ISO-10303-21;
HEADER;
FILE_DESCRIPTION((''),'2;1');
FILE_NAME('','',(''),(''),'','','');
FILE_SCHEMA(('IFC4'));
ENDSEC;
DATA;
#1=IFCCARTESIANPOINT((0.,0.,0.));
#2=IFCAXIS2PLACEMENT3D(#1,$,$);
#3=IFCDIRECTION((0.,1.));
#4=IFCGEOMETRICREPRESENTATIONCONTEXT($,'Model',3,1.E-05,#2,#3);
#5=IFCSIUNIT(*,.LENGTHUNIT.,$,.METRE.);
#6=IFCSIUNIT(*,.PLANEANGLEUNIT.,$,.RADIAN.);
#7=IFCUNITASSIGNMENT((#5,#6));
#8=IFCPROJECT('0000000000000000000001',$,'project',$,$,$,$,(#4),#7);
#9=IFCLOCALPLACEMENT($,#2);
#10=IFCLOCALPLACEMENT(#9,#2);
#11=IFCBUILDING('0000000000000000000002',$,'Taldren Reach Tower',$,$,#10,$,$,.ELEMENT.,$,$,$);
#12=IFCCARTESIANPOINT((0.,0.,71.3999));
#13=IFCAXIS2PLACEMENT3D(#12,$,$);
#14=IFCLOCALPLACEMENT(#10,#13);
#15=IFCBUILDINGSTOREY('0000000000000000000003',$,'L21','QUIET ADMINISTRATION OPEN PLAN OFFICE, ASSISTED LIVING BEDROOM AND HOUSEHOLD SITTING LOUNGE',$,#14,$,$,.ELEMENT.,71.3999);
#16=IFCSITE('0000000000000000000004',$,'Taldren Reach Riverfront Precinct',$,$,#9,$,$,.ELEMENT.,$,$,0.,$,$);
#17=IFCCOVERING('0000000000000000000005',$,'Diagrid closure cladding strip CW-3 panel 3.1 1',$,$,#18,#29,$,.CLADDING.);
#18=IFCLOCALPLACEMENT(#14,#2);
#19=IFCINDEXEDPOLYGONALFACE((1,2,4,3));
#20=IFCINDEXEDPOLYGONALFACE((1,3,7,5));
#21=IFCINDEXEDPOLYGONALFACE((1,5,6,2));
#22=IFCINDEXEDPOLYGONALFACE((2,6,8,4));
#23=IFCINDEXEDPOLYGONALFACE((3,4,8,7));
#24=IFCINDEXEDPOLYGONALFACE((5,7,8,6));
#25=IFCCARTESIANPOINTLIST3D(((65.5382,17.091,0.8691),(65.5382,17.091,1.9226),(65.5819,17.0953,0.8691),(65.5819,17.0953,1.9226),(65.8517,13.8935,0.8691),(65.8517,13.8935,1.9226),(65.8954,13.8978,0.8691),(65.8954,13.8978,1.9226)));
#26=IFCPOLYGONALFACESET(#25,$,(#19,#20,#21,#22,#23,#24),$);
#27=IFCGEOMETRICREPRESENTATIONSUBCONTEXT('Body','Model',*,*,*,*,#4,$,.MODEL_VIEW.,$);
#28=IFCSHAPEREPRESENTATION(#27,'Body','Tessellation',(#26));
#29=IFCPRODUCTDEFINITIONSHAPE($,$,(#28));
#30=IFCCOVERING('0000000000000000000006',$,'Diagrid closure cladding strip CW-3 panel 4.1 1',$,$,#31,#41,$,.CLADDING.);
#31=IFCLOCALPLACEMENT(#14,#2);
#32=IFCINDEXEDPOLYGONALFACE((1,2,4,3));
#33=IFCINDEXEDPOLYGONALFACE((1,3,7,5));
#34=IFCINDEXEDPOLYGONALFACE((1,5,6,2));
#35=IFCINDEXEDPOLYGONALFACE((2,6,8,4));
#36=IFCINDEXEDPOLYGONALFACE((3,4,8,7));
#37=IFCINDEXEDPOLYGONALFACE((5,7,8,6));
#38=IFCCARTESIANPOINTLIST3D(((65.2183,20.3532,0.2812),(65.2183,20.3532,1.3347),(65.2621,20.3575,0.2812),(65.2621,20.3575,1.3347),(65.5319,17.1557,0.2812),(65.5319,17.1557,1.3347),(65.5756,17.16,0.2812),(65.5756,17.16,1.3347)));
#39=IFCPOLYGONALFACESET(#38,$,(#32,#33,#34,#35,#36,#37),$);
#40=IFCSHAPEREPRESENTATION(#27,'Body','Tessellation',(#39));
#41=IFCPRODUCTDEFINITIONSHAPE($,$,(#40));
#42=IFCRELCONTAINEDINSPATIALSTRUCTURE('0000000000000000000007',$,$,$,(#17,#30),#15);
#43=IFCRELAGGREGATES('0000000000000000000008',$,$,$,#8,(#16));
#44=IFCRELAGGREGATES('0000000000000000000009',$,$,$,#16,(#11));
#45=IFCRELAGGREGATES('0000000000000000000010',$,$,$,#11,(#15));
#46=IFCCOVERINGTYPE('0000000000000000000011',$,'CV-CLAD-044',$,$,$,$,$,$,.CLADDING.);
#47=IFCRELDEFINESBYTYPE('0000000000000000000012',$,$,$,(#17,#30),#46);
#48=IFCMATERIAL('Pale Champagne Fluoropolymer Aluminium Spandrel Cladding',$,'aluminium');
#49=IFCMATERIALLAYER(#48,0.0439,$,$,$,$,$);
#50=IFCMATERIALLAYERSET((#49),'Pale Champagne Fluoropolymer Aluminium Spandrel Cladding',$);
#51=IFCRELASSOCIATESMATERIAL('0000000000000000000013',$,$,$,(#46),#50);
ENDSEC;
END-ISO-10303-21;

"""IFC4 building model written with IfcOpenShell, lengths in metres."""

from ifc_helpers import new_model, si_unit, direction, frame, origin, origin_2d, place, context, subcontext, project, spatial, rectangle, extrude, source, transform, mapped, material, layer, layer_set, type_object, element, save


model = new_model("IFC4")

# Units and contexts
model_context = context("Model", 3, precision=1e-05, world=origin(), true_north=direction((0.0, 1.0)))
body_context = subcontext(model_context, "Body", "Model", "MODEL_VIEW")
ifc_project = project(units=[si_unit("LENGTHUNIT", "METRE"), si_unit("PLANEANGLEUNIT", "RADIAN")], contexts=[model_context])

# Site, building, storey
site_placement = place(None, origin())
site = spatial("IfcSite", under=ifc_project, at=site_placement, Name="Taldren Reach Riverfront Precinct", CompositionType="ELEMENT", RefElevation=0.0)
building_placement = place(site_placement, origin())
building = spatial("IfcBuilding", under=site, at=building_placement, Name="Taldren Reach Tower", CompositionType="ELEMENT")
storey_placement = place(building_placement, frame((0.0, 0.0, 71.3999)))
storey = spatial("IfcBuildingStorey", under=building, at=storey_placement, Name="L21", Description="QUIET ADMINISTRATION OPEN PLAN OFFICE, ASSISTED LIVING BEDROOM AND HOUSEHOLD SITTING LOUNGE", CompositionType="ELEMENT", Elevation=71.3999)

# Coverings
ifc_material_1 = material(Name="Pale Champagne Fluoropolymer Aluminium Spandrel Cladding", Category="aluminium")
ifc_layer_1 = layer(ifc_material_1, 0.0439)
ifc_layer_set_1 = layer_set([ifc_layer_1], Name="Pale Champagne Fluoropolymer Aluminium Spandrel Cladding")
covering_type = type_object("IfcCoveringType", Name="CV-CLAD-044", PredefinedType="CLADDING", material=ifc_layer_set_1)
shared_shape_1 = source(origin(), body_context, "Body", "SweptSolid", [
    extrude(rectangle(XDim=3.2129, YDim=0.0439, at=origin_2d()), origin(), (0.0, 0.0, 1.0), 1.0535),
])
for number, where, z_axis, x_axis, name in (
    (1, (65.7168, 15.4944, 0.8691), (0.0, 0.0, 1.0), (-0.097583, 0.995227, 0.0), "Diagrid closure cladding strip CW-3 panel 3.1 1"),
    (2, (65.397, 18.7566, 0.2812), (0.0, 0.0, 1.0), (-0.097583, 0.995227, 0.0), "Diagrid closure cladding strip CW-3 panel 4.1 1"),
):
    element("IfcCovering", number, at=place(storey_placement, frame(where, z_axis=z_axis, x_axis=x_axis)), inside=storey, type_object=covering_type, Name=name, PredefinedType="CLADDING", context=body_context, shape_type="MappedRepresentation", body=[
        mapped(shared_shape_1, transform((0.0, 0.0, 0.0), scale=1.0)),
    ])

save(model, "model.ifc")
